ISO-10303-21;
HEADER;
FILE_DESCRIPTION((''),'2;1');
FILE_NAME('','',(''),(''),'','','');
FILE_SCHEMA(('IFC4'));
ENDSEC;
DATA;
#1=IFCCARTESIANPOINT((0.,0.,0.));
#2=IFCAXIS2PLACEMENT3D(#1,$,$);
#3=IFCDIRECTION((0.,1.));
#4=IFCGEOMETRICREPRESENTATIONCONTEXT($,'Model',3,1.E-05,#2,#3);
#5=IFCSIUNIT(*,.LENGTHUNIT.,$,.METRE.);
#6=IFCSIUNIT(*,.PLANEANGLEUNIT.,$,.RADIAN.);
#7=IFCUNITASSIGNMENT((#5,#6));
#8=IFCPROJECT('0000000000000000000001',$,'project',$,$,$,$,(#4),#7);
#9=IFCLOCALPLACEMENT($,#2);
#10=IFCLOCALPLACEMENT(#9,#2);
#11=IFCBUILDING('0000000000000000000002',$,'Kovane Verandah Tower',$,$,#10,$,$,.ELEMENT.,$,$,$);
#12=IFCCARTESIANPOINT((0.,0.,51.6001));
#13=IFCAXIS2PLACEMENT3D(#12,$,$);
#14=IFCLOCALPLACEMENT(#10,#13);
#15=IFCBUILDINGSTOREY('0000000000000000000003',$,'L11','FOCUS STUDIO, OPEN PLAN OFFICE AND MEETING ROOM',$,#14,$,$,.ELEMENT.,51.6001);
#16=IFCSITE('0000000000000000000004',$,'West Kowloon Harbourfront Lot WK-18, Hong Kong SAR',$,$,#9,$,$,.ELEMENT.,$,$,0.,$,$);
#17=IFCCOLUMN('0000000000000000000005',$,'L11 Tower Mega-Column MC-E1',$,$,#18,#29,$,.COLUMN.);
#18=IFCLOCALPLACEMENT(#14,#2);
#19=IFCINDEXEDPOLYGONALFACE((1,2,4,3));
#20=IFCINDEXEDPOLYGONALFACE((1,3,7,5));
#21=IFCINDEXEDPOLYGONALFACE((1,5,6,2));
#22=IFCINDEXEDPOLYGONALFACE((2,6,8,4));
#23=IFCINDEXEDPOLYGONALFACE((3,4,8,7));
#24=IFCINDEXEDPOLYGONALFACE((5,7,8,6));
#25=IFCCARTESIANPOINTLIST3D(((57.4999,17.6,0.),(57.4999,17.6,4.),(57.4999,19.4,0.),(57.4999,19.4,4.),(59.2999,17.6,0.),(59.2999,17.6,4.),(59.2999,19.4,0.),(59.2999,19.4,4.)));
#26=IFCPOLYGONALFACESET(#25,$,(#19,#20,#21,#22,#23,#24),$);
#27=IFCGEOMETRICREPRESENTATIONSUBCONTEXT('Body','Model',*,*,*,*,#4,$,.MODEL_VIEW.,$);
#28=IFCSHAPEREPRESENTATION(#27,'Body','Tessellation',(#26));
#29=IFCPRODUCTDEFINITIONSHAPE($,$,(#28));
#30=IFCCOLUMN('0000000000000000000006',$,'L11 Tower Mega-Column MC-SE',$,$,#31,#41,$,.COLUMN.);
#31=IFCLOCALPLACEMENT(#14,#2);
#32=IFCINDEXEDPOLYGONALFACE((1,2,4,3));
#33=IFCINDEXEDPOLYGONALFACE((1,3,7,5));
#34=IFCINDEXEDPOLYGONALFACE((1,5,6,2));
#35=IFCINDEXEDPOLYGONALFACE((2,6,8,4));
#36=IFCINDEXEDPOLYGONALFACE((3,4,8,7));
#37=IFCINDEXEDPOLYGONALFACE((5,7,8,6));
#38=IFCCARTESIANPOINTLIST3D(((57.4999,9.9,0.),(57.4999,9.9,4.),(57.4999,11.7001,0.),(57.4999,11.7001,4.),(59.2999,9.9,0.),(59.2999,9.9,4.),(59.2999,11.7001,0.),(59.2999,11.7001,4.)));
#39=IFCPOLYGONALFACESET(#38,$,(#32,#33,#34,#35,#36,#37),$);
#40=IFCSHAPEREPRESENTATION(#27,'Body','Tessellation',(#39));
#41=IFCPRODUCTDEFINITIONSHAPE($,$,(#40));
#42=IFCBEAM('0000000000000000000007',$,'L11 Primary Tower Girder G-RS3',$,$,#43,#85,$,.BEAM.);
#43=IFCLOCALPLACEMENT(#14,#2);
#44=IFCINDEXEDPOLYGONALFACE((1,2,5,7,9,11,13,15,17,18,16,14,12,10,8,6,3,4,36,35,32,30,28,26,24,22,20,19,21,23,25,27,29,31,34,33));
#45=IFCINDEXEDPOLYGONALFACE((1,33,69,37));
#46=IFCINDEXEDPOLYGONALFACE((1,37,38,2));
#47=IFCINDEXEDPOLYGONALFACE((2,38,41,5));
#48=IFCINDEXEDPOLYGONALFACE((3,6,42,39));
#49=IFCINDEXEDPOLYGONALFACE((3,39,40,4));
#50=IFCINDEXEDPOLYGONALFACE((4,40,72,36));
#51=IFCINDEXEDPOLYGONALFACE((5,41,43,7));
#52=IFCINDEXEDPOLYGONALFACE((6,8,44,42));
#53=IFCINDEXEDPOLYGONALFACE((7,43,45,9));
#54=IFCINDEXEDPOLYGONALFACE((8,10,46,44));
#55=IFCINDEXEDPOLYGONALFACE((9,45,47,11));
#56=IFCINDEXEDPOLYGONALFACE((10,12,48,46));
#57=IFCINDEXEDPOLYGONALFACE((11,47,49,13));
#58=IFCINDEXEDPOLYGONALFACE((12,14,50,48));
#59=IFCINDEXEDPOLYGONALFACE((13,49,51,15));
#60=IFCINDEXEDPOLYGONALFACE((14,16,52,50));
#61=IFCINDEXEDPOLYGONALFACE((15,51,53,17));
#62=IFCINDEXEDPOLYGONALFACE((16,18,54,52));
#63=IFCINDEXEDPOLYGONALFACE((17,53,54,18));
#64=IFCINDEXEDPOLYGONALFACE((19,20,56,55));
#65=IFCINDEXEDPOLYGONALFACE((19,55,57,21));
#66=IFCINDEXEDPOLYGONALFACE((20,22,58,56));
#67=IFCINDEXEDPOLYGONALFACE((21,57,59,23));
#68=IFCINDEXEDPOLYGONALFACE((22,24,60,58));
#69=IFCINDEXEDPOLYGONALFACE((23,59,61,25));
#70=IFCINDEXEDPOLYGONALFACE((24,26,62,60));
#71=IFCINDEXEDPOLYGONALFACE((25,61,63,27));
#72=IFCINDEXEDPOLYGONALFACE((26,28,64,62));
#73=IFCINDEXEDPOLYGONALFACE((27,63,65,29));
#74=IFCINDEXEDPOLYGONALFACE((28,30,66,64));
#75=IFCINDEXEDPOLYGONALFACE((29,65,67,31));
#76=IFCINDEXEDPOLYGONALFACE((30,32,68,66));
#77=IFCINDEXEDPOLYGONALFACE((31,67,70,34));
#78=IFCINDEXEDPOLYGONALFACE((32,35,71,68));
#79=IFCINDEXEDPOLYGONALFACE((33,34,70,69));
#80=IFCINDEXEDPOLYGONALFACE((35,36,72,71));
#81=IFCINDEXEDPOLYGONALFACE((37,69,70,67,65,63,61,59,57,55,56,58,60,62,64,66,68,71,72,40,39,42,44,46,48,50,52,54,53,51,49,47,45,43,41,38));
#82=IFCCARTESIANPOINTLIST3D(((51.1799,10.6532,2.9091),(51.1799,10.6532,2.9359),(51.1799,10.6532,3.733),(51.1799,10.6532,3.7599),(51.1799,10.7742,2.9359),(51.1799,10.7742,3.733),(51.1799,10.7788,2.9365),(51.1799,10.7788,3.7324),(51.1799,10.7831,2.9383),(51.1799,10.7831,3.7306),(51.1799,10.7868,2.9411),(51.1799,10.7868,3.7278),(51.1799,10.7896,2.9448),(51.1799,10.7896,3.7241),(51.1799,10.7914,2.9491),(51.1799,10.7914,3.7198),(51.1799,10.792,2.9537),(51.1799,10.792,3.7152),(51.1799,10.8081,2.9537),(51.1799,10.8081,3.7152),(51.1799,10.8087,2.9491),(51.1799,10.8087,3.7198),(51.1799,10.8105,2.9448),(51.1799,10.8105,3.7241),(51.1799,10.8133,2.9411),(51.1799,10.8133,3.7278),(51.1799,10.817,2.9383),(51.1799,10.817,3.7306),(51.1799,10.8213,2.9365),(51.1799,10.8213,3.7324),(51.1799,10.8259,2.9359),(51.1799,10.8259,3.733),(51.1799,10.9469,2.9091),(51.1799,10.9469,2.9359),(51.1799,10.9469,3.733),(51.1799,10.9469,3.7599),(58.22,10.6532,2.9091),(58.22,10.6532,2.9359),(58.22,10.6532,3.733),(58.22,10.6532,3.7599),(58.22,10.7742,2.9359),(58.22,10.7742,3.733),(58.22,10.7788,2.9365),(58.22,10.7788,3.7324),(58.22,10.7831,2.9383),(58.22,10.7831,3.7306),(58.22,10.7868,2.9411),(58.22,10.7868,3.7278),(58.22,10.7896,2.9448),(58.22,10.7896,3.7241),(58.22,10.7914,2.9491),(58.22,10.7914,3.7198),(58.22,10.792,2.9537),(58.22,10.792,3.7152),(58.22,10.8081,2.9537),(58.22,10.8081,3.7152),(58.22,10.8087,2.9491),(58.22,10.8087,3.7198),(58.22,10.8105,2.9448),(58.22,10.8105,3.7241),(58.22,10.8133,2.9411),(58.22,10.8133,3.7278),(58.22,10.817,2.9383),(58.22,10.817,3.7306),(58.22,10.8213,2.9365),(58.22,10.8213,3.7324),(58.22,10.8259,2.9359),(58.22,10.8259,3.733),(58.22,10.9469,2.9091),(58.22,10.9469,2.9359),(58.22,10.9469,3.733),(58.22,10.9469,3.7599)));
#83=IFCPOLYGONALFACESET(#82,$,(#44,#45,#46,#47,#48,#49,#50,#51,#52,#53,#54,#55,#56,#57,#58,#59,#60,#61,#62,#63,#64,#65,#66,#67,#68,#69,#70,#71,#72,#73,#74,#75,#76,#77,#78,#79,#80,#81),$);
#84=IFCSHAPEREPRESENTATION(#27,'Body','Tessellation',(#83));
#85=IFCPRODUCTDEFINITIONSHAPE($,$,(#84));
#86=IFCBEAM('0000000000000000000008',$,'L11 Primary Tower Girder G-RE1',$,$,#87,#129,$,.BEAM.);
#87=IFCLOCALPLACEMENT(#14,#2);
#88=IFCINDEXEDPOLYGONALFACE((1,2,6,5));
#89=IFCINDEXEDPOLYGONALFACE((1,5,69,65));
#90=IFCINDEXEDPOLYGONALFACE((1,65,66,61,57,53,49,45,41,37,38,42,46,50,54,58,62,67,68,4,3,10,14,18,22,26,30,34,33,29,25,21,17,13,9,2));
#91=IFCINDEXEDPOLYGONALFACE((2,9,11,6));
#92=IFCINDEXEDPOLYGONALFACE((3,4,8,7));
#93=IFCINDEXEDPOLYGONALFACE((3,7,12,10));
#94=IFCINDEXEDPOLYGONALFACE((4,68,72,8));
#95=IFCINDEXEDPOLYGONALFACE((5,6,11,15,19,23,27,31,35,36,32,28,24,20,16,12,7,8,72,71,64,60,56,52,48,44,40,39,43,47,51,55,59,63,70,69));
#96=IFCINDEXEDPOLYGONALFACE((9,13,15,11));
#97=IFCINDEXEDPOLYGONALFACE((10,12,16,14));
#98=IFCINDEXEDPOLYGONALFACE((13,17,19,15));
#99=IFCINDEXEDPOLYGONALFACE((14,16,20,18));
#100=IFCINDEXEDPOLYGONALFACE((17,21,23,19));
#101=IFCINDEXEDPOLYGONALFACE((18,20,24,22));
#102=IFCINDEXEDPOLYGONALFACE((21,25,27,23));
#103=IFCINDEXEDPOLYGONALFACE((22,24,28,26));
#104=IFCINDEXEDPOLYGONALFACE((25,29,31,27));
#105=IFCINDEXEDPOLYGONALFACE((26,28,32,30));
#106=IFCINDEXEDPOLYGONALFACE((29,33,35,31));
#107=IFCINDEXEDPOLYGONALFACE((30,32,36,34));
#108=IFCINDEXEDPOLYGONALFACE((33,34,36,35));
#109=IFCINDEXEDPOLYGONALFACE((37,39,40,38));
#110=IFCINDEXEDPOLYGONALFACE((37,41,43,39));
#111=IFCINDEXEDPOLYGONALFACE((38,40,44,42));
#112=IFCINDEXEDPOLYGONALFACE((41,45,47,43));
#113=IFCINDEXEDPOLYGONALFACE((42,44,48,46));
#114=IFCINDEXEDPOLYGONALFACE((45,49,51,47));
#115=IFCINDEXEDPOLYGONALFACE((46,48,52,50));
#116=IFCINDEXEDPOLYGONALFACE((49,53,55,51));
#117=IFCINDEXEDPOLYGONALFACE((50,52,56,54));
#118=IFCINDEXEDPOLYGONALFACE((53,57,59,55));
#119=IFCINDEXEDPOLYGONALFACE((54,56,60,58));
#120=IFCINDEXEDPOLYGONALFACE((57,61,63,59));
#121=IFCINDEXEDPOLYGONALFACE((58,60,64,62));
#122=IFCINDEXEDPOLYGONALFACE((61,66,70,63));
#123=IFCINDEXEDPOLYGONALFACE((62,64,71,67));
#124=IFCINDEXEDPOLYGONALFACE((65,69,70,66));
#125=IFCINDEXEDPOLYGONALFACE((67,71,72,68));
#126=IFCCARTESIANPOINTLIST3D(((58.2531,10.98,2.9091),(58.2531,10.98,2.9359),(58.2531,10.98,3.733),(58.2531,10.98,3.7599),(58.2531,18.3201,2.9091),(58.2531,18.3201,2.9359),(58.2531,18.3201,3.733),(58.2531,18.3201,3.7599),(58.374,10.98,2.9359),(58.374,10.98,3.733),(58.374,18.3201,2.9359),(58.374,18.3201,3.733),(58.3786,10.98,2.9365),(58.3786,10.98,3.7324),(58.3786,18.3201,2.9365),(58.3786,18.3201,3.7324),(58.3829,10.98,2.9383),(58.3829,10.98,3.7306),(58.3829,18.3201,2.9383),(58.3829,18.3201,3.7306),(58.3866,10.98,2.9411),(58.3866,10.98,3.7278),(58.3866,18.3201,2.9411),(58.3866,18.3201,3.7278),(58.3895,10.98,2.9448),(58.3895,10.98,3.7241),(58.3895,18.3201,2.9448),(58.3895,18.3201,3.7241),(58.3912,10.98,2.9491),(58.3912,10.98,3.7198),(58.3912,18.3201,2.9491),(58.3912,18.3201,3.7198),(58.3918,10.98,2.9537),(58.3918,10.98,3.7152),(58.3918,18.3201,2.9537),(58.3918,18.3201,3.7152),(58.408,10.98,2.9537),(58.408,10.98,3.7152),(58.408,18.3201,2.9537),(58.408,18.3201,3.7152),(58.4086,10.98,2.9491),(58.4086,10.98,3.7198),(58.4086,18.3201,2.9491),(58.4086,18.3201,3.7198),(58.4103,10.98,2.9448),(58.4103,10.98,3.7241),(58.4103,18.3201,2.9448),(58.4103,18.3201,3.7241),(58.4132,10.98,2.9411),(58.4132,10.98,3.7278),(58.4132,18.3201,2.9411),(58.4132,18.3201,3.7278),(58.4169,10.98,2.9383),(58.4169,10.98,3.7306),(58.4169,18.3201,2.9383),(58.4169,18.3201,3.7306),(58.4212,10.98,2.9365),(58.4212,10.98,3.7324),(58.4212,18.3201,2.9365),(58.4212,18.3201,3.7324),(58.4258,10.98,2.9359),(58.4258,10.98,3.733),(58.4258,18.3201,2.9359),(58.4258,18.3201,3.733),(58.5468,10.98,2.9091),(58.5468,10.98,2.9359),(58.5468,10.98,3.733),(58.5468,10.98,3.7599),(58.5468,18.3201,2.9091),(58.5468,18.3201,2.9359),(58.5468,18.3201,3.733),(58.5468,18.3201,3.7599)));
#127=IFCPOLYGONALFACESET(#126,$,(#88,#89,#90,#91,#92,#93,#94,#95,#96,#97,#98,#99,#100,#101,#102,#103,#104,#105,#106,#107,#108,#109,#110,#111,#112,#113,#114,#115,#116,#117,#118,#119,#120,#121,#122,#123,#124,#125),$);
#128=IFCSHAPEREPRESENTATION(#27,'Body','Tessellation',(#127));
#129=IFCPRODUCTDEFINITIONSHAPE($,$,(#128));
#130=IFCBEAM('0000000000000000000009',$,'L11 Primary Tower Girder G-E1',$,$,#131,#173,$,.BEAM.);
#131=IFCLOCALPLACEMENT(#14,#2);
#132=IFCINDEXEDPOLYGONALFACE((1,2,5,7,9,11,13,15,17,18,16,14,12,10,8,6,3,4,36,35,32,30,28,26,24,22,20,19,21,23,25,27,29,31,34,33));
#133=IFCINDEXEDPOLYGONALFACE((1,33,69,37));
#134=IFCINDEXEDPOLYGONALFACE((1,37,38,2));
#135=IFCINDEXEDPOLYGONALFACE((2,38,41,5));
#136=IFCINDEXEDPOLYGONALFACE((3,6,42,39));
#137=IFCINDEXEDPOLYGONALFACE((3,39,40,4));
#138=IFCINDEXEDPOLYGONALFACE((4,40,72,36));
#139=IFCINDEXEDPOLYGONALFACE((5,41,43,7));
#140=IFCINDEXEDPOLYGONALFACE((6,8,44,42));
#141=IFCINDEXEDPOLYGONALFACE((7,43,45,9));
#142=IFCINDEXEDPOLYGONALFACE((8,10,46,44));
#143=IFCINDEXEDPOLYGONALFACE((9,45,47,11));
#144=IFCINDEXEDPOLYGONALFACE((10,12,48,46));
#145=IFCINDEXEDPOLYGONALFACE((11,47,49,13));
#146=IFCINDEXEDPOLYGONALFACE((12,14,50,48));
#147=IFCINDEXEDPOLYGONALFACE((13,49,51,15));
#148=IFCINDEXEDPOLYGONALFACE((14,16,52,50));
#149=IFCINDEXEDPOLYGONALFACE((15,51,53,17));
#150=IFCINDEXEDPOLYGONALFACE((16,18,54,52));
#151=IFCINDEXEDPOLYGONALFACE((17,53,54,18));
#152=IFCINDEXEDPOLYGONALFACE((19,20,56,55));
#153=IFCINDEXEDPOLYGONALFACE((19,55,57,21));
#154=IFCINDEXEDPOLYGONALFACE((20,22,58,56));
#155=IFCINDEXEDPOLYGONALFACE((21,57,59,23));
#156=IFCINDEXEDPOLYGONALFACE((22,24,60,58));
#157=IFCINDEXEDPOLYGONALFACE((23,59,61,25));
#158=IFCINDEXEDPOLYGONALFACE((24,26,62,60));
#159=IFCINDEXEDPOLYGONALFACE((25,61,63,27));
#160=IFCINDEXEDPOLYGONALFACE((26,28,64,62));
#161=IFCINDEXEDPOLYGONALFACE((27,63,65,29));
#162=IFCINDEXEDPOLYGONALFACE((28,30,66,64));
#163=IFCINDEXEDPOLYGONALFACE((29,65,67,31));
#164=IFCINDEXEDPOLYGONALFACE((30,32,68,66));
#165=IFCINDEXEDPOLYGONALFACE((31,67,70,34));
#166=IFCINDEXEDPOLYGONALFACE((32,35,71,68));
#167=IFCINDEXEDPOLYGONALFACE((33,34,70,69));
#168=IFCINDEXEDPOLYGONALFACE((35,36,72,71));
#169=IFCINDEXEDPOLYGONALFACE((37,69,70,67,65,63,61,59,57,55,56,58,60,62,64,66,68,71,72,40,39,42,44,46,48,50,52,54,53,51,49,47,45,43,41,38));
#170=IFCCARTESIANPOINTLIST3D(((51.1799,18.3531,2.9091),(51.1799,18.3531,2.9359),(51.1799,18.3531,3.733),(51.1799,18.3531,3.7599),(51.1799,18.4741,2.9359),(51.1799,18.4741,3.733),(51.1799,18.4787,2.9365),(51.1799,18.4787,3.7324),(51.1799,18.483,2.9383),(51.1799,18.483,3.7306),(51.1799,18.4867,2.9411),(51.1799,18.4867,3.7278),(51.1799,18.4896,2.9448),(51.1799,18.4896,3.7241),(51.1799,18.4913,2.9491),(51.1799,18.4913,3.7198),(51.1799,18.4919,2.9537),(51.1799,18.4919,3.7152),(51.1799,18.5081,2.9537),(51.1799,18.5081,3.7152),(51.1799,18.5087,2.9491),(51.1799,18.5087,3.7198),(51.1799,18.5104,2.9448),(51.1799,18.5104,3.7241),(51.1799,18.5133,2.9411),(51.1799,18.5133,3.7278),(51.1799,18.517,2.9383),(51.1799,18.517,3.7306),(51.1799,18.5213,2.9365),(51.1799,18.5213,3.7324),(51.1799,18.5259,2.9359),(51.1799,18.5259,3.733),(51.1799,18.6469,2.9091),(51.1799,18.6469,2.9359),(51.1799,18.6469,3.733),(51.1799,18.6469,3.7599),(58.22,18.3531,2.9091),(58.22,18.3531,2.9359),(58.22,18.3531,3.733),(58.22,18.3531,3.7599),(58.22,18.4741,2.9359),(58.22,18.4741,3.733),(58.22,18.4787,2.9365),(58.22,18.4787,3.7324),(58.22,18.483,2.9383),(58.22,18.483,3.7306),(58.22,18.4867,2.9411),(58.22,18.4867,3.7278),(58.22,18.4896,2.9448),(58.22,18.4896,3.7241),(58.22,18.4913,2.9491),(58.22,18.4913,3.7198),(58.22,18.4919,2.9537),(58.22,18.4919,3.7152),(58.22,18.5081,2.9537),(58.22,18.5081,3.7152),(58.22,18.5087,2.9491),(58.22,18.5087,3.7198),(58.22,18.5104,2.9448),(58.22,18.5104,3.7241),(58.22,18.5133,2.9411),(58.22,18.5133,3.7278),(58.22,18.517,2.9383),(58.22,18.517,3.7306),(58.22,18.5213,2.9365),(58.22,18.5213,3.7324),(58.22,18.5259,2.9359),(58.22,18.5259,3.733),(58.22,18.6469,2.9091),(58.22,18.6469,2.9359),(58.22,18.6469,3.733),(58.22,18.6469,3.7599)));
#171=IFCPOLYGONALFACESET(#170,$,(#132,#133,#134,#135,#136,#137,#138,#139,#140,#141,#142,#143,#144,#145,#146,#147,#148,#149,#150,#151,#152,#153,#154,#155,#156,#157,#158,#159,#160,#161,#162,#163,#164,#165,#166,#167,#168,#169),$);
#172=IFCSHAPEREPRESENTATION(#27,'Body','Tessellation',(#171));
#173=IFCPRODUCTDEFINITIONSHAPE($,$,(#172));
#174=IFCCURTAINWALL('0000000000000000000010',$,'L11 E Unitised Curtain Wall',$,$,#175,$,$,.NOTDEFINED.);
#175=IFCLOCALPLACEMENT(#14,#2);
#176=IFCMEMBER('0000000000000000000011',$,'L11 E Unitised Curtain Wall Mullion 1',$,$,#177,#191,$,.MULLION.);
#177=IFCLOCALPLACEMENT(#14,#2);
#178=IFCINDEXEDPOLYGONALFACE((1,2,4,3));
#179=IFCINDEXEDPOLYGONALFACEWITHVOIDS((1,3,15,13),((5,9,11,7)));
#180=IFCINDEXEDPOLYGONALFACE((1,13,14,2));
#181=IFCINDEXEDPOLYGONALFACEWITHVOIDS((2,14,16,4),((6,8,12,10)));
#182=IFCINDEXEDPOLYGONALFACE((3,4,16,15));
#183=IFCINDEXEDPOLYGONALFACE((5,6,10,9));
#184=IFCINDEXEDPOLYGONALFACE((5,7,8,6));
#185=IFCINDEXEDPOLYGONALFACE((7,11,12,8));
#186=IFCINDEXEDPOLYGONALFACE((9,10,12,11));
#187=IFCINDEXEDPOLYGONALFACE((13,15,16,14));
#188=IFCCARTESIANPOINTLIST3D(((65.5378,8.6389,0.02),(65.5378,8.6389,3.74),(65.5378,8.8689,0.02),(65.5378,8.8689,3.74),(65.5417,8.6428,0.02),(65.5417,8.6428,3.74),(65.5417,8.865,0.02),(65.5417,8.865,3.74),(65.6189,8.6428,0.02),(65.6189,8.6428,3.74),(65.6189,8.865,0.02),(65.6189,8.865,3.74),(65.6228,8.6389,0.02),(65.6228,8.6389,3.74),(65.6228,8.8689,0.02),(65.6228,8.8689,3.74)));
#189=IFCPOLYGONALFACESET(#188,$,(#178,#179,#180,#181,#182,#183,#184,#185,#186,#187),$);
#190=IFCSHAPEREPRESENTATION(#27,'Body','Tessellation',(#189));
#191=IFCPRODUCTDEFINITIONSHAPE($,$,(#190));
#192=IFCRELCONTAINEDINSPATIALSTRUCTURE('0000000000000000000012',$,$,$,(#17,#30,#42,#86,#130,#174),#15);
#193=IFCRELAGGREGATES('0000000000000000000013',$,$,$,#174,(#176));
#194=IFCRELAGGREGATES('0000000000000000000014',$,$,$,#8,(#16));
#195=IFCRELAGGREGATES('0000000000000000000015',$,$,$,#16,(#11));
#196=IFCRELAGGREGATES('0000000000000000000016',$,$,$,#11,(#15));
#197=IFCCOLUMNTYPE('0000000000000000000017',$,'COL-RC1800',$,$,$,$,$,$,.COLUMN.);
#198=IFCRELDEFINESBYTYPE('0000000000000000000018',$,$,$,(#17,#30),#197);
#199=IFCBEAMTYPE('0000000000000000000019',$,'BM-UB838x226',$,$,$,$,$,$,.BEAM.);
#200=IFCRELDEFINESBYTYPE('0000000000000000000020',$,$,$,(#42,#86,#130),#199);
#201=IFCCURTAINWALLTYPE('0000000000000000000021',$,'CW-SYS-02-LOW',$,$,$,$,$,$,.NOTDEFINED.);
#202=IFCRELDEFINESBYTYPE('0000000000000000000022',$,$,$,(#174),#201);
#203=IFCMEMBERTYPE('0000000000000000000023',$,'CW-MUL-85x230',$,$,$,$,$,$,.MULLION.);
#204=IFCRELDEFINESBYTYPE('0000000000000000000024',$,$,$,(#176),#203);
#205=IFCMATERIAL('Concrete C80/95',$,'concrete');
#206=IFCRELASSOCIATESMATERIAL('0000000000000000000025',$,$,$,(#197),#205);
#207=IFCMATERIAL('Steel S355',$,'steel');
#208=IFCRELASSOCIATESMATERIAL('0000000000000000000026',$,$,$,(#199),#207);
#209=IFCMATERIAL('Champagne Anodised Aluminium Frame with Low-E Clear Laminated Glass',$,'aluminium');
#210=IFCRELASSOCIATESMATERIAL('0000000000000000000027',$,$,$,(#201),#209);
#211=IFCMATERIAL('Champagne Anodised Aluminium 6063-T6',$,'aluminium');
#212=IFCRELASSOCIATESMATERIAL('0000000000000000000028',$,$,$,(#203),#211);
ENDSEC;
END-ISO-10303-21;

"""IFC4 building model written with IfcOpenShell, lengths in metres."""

from ifc_helpers import new_model, si_unit, direction, frame, origin, origin_2d, place, context, subcontext, project, spatial, rectangle, hollow_rectangle, i_section, extrude, material, material_profile, profile_set, type_object, element, aggregate, save


model = new_model("IFC4")

# Units and contexts
model_context = context("Model", 3, precision=1e-05, world=origin(), true_north=direction((0.0, 1.0)))
body_context = subcontext(model_context, "Body", "Model", "MODEL_VIEW")
ifc_project = project(units=[si_unit("LENGTHUNIT", "METRE"), si_unit("PLANEANGLEUNIT", "RADIAN")], contexts=[model_context])

# Site, building, storey
site_placement = place(None, origin())
site = spatial("IfcSite", under=ifc_project, at=site_placement, Name="West Kowloon Harbourfront Lot WK-18, Hong Kong SAR", CompositionType="ELEMENT", RefElevation=0.0)
building_placement = place(site_placement, origin())
building = spatial("IfcBuilding", under=site, at=building_placement, Name="Kovane Verandah Tower", CompositionType="ELEMENT")
storey_placement = place(building_placement, frame((0.0, 0.0, 51.6001)))
storey = spatial("IfcBuildingStorey", under=building, at=storey_placement, Name="L11", Description="FOCUS STUDIO, OPEN PLAN OFFICE AND MEETING ROOM", CompositionType="ELEMENT", Elevation=51.6001)

# Columns
ifc_material_1 = material(Name="Concrete C80/95", Category="concrete")
ifc_material_profile_1 = material_profile(ifc_material_1, rectangle(XDim=1.8, YDim=1.8, at=origin_2d()), Name="RC1800x1800")
ifc_profile_set_1 = profile_set([ifc_material_profile_1], Name="Concrete C80/95")
column_type = type_object("IfcColumnType", Name="COL-RC1800", PredefinedType="COLUMN", material=ifc_profile_set_1)
for number, where, z_axis, x_axis, name in (
    (1, (58.3999, 18.5, 0.0), (0.0, 0.0, 1.0), (1.0, 0.0, 0.0), "L11 Tower Mega-Column MC-E1"),
    (2, (58.3999, 10.8, 0.0), (0.0, 0.0, 1.0), (1.0, 0.0, 0.0), "L11 Tower Mega-Column MC-SE"),
):
    element("IfcColumn", number, at=place(storey_placement, frame(where, z_axis=z_axis, x_axis=x_axis)), inside=storey, type_object=column_type, Name=name, PredefinedType="COLUMN", context=body_context, shape_type="SweptSolid", body=[
        extrude(rectangle(XDim=1.8, YDim=1.8, at=origin_2d()), origin(), (0.0, 0.0, 1.0), 4.0),
    ])

# Beams
ifc_material_2 = material(Name="Steel S355", Category="steel")
ifc_material_profile_2 = material_profile(ifc_material_2, i_section(OverallWidth=0.2937, OverallDepth=0.8508, WebThickness=0.0161, FlangeThickness=0.0269, FilletRadius=0.0178, at=origin_2d()), Name="UB838x292x226")
ifc_profile_set_2 = profile_set([ifc_material_profile_2], Name="Steel S355")
beam_type_1 = type_object("IfcBeamType", Name="BM-UB838x226", PredefinedType="BEAM", material=ifc_profile_set_2)
beam_1_placement = place(storey_placement, frame((51.1799, 10.8, 3.3345), z_axis=(1.0, 0.0, 0.0), x_axis=(0.0, 1.0, 0.0)))
element("IfcBeam", 3, at=beam_1_placement, inside=storey, type_object=beam_type_1, Name="L11 Primary Tower Girder G-RS3", PredefinedType="BEAM", context=body_context, shape_type="SweptSolid", body=[
    extrude(i_section(OverallWidth=0.2937, OverallDepth=0.8508, WebThickness=0.0161, FlangeThickness=0.0269, FilletRadius=0.0178, at=origin_2d()), origin(), (0.0, 0.0, 1.0), 7.04),
])
beam_2_placement = place(storey_placement, frame((58.3999, 10.98, 3.3345), z_axis=(0.0, 1.0, 0.0), x_axis=(-1.0, 0.0, 0.0)))
element("IfcBeam", 4, at=beam_2_placement, inside=storey, type_object=beam_type_1, Name="L11 Primary Tower Girder G-RE1", PredefinedType="BEAM", context=body_context, shape_type="SweptSolid", body=[
    extrude(i_section(OverallWidth=0.2937, OverallDepth=0.8508, WebThickness=0.0161, FlangeThickness=0.0269, FilletRadius=0.0178, at=origin_2d()), origin(), (0.0, 0.0, 1.0), 7.3401),
])
beam_3_placement = place(storey_placement, frame((51.1799, 18.5, 3.3345), z_axis=(1.0, 0.0, 0.0), x_axis=(0.0, 1.0, 0.0)))
element("IfcBeam", 5, at=beam_3_placement, inside=storey, type_object=beam_type_1, Name="L11 Primary Tower Girder G-E1", PredefinedType="BEAM", context=body_context, shape_type="SweptSolid", body=[
    extrude(i_section(OverallWidth=0.2937, OverallDepth=0.8508, WebThickness=0.0161, FlangeThickness=0.0269, FilletRadius=0.0178, at=origin_2d()), origin(), (0.0, 0.0, 1.0), 7.04),
])

# Curtain wall, member
ifc_material_3 = material(Name="Champagne Anodised Aluminium Frame with Low-E Clear Laminated Glass", Category="aluminium")
curtain_wall_type = type_object("IfcCurtainWallType", Name="CW-SYS-02-LOW", PredefinedType="NOTDEFINED", material=ifc_material_3)
curtain_wall_placement = place(storey_placement, origin())
curtain_wall = element("IfcCurtainWall", 6, at=curtain_wall_placement, inside=storey, type_object=curtain_wall_type, Name="L11 E Unitised Curtain Wall", PredefinedType="NOTDEFINED")
ifc_material_4 = material(Name="Champagne Anodised Aluminium 6063-T6", Category="aluminium")
ifc_material_profile_3 = material_profile(ifc_material_4, hollow_rectangle(XDim=0.085, YDim=0.23, WallThickness=0.0039, at=origin_2d()), Name="AL85x230x4")
ifc_profile_set_3 = profile_set([ifc_material_profile_3], Name="Champagne Anodised Aluminium 6063-T6")
member_type_1 = type_object("IfcMemberType", Name="CW-MUL-85x230", PredefinedType="MULLION", material=ifc_profile_set_3)
member_1_placement = place(storey_placement, frame((65.5803, 8.7539, 0.02), z_axis=(0.0, 0.0, 1.0), x_axis=(1.0, 0.0, 0.0)))
member_1 = element("IfcMember", 7, at=member_1_placement, type_object=member_type_1, Name="L11 E Unitised Curtain Wall Mullion 1", PredefinedType="MULLION", context=body_context, shape_type="SweptSolid", body=[
    extrude(hollow_rectangle(XDim=0.085, YDim=0.23, WallThickness=0.0039, at=origin_2d()), origin(), (0.0, 0.0, 1.0), 3.72),
])

aggregate(curtain_wall, [member_1])

save(model, "model.ifc")
